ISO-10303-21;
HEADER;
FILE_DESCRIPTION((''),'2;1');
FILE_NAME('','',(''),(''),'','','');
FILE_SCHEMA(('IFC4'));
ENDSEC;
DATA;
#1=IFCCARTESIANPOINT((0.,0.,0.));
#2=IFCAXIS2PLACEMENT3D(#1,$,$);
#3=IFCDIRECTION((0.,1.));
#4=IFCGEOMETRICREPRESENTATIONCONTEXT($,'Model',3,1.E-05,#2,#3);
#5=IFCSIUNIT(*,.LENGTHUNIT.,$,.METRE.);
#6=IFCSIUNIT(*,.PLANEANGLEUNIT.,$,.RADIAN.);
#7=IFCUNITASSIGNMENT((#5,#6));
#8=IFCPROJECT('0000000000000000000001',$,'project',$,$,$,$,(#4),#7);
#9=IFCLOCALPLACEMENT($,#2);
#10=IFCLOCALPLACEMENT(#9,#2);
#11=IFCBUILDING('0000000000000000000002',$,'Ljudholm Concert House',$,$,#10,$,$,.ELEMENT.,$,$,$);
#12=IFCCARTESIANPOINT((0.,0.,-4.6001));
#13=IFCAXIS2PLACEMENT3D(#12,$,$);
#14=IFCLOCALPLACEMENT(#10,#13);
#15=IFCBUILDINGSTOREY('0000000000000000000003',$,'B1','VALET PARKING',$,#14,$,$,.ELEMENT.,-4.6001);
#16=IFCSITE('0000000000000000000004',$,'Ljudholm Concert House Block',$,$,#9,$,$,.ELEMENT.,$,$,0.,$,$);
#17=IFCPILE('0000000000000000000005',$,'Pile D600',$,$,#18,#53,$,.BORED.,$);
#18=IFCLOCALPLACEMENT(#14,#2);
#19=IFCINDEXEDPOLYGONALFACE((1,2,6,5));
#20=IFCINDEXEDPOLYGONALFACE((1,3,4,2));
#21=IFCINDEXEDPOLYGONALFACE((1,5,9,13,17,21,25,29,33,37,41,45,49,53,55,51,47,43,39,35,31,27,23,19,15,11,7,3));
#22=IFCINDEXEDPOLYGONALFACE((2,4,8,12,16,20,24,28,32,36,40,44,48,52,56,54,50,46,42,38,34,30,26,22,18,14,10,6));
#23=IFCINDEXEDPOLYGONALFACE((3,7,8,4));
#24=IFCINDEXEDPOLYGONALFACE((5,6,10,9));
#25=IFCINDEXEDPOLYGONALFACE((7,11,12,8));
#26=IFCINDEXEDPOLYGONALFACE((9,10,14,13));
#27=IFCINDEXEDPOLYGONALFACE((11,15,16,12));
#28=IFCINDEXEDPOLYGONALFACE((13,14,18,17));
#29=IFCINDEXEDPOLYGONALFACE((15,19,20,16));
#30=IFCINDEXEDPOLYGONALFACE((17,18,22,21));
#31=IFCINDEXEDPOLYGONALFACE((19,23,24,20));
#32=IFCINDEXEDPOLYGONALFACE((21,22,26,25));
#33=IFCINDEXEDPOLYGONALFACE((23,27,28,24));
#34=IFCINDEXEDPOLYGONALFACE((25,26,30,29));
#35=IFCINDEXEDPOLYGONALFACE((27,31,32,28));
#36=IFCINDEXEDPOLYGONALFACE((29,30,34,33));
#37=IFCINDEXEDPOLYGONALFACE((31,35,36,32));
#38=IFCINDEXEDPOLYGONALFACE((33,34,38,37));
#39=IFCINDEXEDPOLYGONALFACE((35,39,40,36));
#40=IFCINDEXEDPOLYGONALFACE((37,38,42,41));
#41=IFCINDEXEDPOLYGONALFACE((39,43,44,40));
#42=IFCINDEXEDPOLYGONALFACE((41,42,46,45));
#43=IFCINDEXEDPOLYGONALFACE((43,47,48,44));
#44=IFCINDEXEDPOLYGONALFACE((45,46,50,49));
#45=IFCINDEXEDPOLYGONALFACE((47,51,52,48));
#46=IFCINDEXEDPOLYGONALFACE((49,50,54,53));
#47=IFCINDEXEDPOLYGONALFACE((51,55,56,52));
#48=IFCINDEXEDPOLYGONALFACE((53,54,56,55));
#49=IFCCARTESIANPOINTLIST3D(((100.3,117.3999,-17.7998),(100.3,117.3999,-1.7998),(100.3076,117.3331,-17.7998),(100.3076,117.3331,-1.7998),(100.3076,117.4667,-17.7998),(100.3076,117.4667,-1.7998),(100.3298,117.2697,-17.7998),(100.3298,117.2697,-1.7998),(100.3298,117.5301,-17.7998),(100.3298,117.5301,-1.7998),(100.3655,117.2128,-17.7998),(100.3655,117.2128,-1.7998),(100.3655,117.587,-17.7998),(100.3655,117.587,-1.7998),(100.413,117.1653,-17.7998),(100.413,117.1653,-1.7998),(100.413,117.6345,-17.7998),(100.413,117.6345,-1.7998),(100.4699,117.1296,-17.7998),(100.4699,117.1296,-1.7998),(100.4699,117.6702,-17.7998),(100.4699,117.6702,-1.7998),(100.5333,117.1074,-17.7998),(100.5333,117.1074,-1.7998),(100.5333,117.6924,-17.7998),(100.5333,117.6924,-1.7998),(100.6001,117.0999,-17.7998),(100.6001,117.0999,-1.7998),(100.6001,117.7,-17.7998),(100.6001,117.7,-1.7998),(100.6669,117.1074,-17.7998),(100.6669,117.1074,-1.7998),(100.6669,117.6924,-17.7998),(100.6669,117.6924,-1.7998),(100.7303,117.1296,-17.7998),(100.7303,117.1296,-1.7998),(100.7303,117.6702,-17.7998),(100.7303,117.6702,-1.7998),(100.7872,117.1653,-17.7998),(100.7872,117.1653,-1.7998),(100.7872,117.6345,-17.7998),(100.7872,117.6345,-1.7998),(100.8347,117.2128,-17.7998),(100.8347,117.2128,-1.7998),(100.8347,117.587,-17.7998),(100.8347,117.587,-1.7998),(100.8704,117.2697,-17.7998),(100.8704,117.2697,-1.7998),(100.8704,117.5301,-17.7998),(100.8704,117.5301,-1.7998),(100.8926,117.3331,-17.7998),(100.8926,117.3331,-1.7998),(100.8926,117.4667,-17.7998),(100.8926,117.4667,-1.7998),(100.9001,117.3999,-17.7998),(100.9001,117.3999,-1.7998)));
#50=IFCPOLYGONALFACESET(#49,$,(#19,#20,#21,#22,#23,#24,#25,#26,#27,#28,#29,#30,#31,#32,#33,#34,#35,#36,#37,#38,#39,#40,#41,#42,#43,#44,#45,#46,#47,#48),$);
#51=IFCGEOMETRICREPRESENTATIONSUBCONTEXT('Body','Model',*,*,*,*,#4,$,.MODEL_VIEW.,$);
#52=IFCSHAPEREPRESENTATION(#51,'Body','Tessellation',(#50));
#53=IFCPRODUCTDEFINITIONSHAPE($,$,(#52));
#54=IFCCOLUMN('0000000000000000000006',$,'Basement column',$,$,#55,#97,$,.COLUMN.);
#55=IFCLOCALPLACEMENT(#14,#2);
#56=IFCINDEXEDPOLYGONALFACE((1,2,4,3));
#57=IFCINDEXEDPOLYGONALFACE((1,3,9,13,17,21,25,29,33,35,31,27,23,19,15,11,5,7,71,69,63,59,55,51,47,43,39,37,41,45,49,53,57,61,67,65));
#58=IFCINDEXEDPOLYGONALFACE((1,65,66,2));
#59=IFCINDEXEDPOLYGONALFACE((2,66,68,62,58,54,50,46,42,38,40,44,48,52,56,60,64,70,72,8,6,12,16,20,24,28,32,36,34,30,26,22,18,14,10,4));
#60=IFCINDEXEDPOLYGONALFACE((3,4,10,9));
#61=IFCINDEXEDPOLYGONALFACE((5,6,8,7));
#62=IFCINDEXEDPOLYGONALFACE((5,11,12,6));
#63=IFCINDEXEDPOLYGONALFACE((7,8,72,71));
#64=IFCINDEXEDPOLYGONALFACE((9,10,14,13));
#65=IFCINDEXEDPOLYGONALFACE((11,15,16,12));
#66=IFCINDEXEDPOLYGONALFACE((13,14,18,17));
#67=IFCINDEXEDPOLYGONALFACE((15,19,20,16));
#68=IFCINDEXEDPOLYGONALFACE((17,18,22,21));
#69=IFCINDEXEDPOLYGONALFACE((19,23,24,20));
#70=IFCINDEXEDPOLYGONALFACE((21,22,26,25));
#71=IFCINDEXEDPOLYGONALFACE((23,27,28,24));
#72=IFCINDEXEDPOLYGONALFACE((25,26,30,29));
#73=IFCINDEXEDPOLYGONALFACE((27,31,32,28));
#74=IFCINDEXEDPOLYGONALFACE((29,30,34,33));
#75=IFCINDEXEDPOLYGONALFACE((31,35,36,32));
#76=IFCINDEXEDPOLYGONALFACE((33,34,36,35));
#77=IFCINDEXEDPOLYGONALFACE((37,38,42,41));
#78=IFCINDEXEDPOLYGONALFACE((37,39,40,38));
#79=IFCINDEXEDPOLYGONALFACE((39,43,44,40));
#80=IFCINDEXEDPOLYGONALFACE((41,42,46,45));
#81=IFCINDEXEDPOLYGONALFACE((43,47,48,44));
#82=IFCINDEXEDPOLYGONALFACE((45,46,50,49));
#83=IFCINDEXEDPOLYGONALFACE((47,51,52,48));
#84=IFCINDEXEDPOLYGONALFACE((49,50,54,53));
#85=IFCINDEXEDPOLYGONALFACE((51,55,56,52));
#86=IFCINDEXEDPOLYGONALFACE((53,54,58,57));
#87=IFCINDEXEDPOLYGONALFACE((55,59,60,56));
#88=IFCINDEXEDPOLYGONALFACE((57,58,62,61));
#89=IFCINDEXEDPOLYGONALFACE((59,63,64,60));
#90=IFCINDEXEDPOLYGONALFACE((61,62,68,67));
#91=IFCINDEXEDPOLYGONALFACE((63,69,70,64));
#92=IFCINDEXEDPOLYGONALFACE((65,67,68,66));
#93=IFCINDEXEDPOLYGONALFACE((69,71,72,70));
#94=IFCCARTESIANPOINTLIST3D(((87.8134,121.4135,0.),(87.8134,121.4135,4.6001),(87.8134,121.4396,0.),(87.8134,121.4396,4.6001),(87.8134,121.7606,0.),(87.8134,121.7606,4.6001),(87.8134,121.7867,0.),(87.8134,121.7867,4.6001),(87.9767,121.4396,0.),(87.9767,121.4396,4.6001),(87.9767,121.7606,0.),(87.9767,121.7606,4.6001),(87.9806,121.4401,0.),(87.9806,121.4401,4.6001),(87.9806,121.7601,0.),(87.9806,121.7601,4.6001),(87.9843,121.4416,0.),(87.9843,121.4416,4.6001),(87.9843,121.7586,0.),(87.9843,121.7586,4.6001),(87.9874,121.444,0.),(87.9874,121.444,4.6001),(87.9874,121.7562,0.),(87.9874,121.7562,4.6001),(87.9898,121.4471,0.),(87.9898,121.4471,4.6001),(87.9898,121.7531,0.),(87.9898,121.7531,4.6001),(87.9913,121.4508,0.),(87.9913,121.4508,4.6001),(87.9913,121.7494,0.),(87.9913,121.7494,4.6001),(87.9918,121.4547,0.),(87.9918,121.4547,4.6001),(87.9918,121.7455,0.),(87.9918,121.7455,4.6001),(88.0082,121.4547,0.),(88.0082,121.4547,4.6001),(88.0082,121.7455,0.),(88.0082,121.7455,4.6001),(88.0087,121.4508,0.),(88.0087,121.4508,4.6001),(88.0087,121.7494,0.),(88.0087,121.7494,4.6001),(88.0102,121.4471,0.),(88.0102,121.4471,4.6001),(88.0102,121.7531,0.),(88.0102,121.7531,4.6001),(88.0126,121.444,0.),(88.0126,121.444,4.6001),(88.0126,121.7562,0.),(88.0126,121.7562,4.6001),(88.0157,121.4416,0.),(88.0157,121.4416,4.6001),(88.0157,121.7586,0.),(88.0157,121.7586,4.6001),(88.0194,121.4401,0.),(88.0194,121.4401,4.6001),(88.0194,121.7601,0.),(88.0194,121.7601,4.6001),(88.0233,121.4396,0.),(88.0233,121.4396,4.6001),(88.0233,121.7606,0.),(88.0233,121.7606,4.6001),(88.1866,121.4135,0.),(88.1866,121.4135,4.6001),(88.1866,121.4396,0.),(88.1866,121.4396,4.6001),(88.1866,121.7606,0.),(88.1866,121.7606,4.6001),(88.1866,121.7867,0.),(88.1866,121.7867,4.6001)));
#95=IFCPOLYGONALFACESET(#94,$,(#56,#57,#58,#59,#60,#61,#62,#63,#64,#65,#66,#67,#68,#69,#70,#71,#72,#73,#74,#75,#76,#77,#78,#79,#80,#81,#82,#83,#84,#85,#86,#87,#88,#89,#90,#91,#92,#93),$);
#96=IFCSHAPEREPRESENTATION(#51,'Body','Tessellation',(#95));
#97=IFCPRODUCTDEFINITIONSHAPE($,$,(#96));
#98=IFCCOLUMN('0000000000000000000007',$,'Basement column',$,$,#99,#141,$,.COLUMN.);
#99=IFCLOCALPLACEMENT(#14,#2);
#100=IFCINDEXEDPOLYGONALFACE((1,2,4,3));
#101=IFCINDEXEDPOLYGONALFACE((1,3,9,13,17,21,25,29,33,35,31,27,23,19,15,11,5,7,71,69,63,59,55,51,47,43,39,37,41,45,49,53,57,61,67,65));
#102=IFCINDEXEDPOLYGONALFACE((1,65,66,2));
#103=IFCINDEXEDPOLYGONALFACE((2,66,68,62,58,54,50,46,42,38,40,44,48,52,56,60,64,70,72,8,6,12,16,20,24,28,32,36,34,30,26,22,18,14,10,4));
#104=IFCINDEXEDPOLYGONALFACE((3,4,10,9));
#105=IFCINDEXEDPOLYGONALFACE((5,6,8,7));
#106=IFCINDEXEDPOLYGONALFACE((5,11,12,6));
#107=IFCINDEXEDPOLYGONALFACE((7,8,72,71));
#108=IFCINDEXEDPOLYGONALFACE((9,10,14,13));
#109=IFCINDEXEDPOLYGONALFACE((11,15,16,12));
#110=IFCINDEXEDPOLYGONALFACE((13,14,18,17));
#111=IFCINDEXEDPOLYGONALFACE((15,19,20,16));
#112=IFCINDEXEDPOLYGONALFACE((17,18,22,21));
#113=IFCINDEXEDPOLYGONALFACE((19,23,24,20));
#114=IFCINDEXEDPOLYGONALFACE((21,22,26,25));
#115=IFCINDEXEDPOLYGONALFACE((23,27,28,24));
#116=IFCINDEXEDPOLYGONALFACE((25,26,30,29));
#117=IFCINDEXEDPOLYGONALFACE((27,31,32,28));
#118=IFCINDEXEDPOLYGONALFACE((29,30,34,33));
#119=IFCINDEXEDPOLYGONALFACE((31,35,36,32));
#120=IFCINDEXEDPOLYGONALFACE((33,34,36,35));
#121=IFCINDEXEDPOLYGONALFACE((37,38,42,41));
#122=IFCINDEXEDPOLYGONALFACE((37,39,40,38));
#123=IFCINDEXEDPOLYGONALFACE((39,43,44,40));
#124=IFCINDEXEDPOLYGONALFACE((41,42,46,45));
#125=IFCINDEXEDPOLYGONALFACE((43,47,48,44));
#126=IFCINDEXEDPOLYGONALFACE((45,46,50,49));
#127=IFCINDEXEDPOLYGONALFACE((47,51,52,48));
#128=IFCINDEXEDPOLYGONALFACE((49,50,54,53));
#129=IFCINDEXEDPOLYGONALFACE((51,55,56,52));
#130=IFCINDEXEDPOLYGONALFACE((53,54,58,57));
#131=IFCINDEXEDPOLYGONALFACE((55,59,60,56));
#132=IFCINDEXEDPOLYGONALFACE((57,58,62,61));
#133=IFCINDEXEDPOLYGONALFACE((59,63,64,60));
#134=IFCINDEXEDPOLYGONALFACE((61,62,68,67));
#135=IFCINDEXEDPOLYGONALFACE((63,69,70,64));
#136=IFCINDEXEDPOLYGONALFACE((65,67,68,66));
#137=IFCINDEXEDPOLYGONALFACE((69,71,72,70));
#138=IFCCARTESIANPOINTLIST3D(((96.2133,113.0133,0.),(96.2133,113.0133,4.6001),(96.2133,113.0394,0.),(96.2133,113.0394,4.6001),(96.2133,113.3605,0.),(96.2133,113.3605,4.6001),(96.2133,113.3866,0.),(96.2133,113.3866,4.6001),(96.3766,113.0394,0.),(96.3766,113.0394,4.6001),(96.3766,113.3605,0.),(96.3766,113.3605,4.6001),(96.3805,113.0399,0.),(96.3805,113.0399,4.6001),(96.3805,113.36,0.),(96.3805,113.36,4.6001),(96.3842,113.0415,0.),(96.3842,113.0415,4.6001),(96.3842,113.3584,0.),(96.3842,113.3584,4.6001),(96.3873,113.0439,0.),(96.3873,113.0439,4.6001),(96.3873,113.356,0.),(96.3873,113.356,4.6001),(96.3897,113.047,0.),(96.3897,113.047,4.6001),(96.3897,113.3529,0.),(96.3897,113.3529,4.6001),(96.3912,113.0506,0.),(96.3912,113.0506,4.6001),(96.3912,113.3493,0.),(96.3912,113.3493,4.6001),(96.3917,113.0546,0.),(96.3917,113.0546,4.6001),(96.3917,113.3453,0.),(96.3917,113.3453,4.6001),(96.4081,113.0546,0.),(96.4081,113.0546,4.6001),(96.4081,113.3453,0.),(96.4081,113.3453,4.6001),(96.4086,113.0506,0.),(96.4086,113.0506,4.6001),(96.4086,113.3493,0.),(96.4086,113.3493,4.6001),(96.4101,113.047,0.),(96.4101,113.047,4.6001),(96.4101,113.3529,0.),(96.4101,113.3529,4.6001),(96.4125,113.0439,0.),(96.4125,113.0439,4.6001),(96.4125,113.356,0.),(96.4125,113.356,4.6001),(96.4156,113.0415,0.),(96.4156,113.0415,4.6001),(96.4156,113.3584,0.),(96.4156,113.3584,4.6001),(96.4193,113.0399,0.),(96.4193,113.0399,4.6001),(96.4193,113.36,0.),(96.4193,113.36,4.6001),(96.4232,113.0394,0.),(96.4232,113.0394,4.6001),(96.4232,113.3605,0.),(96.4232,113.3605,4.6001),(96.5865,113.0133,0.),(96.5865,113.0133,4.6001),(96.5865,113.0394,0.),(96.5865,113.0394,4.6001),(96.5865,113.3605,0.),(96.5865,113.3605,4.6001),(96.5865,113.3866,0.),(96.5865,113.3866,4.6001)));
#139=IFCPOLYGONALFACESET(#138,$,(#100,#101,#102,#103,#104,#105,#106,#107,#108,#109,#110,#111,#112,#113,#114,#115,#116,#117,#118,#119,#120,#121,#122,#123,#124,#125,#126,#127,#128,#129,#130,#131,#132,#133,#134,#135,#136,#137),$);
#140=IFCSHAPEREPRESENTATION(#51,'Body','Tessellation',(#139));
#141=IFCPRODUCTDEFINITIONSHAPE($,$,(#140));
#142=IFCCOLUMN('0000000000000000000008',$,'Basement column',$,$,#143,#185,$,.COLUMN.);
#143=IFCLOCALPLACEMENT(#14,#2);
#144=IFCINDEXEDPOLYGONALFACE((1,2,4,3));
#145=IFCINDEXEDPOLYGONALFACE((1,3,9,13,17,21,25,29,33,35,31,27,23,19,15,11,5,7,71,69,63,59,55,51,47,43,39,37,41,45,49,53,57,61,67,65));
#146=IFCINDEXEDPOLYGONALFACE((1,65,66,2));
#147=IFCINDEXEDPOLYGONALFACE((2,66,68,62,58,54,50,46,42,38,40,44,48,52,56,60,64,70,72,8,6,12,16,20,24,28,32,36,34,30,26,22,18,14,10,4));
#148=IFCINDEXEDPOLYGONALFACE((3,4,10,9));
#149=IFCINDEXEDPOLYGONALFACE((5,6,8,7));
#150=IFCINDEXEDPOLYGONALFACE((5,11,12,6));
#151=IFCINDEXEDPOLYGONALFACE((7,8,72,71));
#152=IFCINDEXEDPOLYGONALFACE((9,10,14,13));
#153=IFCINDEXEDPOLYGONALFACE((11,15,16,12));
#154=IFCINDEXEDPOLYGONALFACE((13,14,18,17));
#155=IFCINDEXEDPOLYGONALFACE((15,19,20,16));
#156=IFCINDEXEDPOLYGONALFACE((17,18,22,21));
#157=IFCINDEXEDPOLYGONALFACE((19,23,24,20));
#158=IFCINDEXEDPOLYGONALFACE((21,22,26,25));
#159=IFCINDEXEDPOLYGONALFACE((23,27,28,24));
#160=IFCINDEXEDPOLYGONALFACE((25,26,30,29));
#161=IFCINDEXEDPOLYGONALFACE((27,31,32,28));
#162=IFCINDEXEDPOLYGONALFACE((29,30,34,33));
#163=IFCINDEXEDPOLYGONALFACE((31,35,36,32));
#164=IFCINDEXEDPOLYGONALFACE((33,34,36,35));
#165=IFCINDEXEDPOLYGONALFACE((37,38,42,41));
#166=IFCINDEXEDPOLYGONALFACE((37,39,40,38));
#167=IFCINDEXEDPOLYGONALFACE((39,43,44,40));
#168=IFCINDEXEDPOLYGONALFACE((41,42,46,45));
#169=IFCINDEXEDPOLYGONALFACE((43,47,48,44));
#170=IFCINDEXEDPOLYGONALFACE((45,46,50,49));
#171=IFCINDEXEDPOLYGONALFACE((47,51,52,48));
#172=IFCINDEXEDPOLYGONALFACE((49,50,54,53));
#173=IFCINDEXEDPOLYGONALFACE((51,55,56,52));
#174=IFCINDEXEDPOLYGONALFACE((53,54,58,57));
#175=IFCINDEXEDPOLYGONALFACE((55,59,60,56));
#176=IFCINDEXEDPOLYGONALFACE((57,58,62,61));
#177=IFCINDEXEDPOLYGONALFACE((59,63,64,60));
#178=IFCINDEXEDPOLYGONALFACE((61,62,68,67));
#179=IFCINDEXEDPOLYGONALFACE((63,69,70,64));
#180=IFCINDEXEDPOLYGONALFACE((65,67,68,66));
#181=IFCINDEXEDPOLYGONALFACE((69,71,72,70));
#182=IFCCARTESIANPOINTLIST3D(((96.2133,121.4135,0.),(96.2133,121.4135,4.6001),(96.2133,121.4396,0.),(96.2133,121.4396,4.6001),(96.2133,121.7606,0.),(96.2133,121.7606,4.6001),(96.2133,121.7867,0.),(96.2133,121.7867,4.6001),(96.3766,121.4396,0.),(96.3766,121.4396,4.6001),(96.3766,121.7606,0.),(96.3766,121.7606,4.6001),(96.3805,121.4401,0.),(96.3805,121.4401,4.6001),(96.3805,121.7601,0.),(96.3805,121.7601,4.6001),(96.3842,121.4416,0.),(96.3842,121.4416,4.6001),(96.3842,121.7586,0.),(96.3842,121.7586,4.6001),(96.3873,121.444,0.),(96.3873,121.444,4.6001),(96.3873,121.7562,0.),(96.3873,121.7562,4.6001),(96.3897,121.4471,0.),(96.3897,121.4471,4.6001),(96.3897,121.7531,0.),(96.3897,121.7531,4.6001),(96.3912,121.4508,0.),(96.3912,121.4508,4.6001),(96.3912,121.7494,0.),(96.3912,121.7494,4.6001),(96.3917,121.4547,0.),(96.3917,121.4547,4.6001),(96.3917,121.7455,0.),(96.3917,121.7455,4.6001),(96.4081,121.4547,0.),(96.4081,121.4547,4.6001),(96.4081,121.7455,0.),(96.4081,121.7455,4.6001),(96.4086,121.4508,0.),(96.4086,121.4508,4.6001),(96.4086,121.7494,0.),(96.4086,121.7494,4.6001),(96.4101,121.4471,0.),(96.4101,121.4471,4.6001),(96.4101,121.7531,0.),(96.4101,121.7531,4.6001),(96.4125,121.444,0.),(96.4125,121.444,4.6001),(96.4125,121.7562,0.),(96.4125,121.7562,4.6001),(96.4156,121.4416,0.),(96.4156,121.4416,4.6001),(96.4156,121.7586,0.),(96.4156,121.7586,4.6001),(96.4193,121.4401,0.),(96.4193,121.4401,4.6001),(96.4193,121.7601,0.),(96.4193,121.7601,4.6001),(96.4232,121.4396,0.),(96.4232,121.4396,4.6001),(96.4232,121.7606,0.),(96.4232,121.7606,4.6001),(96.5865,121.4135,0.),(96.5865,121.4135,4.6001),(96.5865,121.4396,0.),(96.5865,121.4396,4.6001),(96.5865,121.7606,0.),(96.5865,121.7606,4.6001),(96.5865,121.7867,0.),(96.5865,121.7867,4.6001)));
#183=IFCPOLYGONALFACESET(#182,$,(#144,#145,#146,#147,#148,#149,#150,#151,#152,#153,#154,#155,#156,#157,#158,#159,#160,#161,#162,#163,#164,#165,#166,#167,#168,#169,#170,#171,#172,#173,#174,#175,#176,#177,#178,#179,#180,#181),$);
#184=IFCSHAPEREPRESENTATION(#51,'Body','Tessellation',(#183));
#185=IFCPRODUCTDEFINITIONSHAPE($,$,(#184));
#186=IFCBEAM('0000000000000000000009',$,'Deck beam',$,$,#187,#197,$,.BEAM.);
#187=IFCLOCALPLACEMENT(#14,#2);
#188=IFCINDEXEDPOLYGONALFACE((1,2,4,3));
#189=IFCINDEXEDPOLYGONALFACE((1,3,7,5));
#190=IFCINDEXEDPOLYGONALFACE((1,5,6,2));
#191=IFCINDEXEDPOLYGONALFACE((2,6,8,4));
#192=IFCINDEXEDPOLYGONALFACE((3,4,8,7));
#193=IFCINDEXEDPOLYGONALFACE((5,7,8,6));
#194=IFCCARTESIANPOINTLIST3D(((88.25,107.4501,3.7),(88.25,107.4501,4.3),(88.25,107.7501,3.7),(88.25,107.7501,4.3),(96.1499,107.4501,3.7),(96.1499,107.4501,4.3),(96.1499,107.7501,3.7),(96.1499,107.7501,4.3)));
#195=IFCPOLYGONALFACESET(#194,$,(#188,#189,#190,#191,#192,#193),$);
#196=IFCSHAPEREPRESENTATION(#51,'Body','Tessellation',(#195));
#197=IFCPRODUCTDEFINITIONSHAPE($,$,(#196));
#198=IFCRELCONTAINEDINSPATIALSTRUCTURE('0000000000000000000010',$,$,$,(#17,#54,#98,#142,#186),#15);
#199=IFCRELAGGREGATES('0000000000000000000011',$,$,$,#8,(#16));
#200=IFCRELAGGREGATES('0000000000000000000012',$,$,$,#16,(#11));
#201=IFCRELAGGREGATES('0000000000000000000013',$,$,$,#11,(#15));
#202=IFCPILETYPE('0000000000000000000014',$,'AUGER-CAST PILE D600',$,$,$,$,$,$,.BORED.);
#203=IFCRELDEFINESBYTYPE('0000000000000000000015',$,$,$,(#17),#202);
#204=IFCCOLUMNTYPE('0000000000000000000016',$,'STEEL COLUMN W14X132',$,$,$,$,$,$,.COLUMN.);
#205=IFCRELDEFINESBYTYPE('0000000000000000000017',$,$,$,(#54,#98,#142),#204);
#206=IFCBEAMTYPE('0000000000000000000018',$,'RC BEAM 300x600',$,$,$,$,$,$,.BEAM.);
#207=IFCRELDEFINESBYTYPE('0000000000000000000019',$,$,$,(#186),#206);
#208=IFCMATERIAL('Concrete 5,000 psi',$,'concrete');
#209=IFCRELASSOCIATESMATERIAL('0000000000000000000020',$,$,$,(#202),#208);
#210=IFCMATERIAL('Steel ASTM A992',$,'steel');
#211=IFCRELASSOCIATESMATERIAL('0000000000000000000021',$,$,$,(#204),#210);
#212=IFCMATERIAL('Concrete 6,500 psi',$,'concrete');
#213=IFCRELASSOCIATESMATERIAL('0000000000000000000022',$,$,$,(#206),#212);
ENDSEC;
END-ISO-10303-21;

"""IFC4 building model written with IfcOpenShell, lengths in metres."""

from ifc_helpers import new_model, si_unit, direction, frame, origin, origin_2d, place, context, subcontext, project, spatial, rectangle, circle, i_section, extrude, material, material_profile, profile_set, type_object, element, save


model = new_model("IFC4")

# Units and contexts
model_context = context("Model", 3, precision=1e-05, world=origin(), true_north=direction((0.0, 1.0)))
body_context = subcontext(model_context, "Body", "Model", "MODEL_VIEW")
ifc_project = project(units=[si_unit("LENGTHUNIT", "METRE"), si_unit("PLANEANGLEUNIT", "RADIAN")], contexts=[model_context])

# Site, building, storey
site_placement = place(None, origin())
site = spatial("IfcSite", under=ifc_project, at=site_placement, Name="Ljudholm Concert House Block", CompositionType="ELEMENT", RefElevation=0.0)
building_placement = place(site_placement, origin())
building = spatial("IfcBuilding", under=site, at=building_placement, Name="Ljudholm Concert House", CompositionType="ELEMENT")
storey_placement = place(building_placement, frame((0.0, 0.0, -4.6001)))
storey = spatial("IfcBuildingStorey", under=building, at=storey_placement, Name="B1", Description="VALET PARKING", CompositionType="ELEMENT", Elevation=-4.6001)

# Pile
ifc_material_1 = material(Name="Concrete 5,000 psi", Category="concrete")
ifc_material_profile_1 = material_profile(ifc_material_1, circle(Radius=0.3, at=origin_2d()), Name="AUGER-CAST PILE D600")
ifc_profile_set_1 = profile_set([ifc_material_profile_1], Name="Concrete 5,000 psi")
pile_type = type_object("IfcPileType", Name="AUGER-CAST PILE D600", PredefinedType="BORED", material=ifc_profile_set_1)
for number, where, z_axis, x_axis, name in (
    (1, (100.6001, 117.3999, -1.7998), (0.0, 0.0, -1.0), (1.0, 0.0, 0.0), "Pile D600"),
):
    element("IfcPile", number, at=place(storey_placement, frame(where, z_axis=z_axis, x_axis=x_axis)), inside=storey, type_object=pile_type, Name=name, PredefinedType="BORED", context=body_context, shape_type="SweptSolid", body=[
        extrude(circle(Radius=0.3, at=origin_2d()), origin(), (0.0, 0.0, 1.0), 16.0),
    ])

# Columns
ifc_material_2 = material(Name="Steel ASTM A992", Category="steel")
ifc_material_profile_2 = material_profile(ifc_material_2, i_section(OverallWidth=0.3733, OverallDepth=0.3733, WebThickness=0.0164, FlangeThickness=0.0261, FilletRadius=0.0151, at=origin_2d()), Name="W14X132")
ifc_profile_set_2 = profile_set([ifc_material_profile_2], Name="Steel ASTM A992")
column_type = type_object("IfcColumnType", Name="STEEL COLUMN W14X132", PredefinedType="COLUMN", material=ifc_profile_set_2)
for number, where, z_axis, x_axis, name in (
    (2, (88.0, 121.6001, 0.0), (0.0, 0.0, 1.0), (1.0, 0.0, 0.0), "Basement column"),
    (3, (96.3999, 113.2, 0.0), (0.0, 0.0, 1.0), (1.0, 0.0, 0.0), "Basement column"),
    (4, (96.3999, 121.6001, 0.0), (0.0, 0.0, 1.0), (1.0, 0.0, 0.0), "Basement column"),
):
    element("IfcColumn", number, at=place(storey_placement, frame(where, z_axis=z_axis, x_axis=x_axis)), inside=storey, type_object=column_type, Name=name, PredefinedType="COLUMN", context=body_context, shape_type="SweptSolid", body=[
        extrude(i_section(OverallWidth=0.3733, OverallDepth=0.3733, WebThickness=0.0164, FlangeThickness=0.0261, FilletRadius=0.0151, at=origin_2d()), origin(), (0.0, 0.0, 1.0), 4.6001),
    ])

# Beam
ifc_material_3 = material(Name="Concrete 6,500 psi", Category="concrete")
ifc_material_profile_3 = material_profile(ifc_material_3, rectangle(XDim=0.3, YDim=0.6001, at=origin_2d()), Name="RC BEAM 300x600")
ifc_profile_set_3 = profile_set([ifc_material_profile_3], Name="Concrete 6,500 psi")
beam_type_1 = type_object("IfcBeamType", Name="RC BEAM 300x600", PredefinedType="BEAM", material=ifc_profile_set_3)
for number, where, z_axis, x_axis, name in (
    (5, (88.25, 107.6001, 4.0), (1.0, 0.0, 0.0), (0.0, 1.0, 0.0), "Deck beam"),
):
    element("IfcBeam", number, at=place(storey_placement, frame(where, z_axis=z_axis, x_axis=x_axis)), inside=storey, type_object=beam_type_1, Name=name, PredefinedType="BEAM", context=body_context, shape_type="SweptSolid", body=[
        extrude(rectangle(XDim=0.3, YDim=0.6001, at=origin_2d()), origin(), (0.0, 0.0, 1.0), 7.8999),
    ])

save(model, "model.ifc")
